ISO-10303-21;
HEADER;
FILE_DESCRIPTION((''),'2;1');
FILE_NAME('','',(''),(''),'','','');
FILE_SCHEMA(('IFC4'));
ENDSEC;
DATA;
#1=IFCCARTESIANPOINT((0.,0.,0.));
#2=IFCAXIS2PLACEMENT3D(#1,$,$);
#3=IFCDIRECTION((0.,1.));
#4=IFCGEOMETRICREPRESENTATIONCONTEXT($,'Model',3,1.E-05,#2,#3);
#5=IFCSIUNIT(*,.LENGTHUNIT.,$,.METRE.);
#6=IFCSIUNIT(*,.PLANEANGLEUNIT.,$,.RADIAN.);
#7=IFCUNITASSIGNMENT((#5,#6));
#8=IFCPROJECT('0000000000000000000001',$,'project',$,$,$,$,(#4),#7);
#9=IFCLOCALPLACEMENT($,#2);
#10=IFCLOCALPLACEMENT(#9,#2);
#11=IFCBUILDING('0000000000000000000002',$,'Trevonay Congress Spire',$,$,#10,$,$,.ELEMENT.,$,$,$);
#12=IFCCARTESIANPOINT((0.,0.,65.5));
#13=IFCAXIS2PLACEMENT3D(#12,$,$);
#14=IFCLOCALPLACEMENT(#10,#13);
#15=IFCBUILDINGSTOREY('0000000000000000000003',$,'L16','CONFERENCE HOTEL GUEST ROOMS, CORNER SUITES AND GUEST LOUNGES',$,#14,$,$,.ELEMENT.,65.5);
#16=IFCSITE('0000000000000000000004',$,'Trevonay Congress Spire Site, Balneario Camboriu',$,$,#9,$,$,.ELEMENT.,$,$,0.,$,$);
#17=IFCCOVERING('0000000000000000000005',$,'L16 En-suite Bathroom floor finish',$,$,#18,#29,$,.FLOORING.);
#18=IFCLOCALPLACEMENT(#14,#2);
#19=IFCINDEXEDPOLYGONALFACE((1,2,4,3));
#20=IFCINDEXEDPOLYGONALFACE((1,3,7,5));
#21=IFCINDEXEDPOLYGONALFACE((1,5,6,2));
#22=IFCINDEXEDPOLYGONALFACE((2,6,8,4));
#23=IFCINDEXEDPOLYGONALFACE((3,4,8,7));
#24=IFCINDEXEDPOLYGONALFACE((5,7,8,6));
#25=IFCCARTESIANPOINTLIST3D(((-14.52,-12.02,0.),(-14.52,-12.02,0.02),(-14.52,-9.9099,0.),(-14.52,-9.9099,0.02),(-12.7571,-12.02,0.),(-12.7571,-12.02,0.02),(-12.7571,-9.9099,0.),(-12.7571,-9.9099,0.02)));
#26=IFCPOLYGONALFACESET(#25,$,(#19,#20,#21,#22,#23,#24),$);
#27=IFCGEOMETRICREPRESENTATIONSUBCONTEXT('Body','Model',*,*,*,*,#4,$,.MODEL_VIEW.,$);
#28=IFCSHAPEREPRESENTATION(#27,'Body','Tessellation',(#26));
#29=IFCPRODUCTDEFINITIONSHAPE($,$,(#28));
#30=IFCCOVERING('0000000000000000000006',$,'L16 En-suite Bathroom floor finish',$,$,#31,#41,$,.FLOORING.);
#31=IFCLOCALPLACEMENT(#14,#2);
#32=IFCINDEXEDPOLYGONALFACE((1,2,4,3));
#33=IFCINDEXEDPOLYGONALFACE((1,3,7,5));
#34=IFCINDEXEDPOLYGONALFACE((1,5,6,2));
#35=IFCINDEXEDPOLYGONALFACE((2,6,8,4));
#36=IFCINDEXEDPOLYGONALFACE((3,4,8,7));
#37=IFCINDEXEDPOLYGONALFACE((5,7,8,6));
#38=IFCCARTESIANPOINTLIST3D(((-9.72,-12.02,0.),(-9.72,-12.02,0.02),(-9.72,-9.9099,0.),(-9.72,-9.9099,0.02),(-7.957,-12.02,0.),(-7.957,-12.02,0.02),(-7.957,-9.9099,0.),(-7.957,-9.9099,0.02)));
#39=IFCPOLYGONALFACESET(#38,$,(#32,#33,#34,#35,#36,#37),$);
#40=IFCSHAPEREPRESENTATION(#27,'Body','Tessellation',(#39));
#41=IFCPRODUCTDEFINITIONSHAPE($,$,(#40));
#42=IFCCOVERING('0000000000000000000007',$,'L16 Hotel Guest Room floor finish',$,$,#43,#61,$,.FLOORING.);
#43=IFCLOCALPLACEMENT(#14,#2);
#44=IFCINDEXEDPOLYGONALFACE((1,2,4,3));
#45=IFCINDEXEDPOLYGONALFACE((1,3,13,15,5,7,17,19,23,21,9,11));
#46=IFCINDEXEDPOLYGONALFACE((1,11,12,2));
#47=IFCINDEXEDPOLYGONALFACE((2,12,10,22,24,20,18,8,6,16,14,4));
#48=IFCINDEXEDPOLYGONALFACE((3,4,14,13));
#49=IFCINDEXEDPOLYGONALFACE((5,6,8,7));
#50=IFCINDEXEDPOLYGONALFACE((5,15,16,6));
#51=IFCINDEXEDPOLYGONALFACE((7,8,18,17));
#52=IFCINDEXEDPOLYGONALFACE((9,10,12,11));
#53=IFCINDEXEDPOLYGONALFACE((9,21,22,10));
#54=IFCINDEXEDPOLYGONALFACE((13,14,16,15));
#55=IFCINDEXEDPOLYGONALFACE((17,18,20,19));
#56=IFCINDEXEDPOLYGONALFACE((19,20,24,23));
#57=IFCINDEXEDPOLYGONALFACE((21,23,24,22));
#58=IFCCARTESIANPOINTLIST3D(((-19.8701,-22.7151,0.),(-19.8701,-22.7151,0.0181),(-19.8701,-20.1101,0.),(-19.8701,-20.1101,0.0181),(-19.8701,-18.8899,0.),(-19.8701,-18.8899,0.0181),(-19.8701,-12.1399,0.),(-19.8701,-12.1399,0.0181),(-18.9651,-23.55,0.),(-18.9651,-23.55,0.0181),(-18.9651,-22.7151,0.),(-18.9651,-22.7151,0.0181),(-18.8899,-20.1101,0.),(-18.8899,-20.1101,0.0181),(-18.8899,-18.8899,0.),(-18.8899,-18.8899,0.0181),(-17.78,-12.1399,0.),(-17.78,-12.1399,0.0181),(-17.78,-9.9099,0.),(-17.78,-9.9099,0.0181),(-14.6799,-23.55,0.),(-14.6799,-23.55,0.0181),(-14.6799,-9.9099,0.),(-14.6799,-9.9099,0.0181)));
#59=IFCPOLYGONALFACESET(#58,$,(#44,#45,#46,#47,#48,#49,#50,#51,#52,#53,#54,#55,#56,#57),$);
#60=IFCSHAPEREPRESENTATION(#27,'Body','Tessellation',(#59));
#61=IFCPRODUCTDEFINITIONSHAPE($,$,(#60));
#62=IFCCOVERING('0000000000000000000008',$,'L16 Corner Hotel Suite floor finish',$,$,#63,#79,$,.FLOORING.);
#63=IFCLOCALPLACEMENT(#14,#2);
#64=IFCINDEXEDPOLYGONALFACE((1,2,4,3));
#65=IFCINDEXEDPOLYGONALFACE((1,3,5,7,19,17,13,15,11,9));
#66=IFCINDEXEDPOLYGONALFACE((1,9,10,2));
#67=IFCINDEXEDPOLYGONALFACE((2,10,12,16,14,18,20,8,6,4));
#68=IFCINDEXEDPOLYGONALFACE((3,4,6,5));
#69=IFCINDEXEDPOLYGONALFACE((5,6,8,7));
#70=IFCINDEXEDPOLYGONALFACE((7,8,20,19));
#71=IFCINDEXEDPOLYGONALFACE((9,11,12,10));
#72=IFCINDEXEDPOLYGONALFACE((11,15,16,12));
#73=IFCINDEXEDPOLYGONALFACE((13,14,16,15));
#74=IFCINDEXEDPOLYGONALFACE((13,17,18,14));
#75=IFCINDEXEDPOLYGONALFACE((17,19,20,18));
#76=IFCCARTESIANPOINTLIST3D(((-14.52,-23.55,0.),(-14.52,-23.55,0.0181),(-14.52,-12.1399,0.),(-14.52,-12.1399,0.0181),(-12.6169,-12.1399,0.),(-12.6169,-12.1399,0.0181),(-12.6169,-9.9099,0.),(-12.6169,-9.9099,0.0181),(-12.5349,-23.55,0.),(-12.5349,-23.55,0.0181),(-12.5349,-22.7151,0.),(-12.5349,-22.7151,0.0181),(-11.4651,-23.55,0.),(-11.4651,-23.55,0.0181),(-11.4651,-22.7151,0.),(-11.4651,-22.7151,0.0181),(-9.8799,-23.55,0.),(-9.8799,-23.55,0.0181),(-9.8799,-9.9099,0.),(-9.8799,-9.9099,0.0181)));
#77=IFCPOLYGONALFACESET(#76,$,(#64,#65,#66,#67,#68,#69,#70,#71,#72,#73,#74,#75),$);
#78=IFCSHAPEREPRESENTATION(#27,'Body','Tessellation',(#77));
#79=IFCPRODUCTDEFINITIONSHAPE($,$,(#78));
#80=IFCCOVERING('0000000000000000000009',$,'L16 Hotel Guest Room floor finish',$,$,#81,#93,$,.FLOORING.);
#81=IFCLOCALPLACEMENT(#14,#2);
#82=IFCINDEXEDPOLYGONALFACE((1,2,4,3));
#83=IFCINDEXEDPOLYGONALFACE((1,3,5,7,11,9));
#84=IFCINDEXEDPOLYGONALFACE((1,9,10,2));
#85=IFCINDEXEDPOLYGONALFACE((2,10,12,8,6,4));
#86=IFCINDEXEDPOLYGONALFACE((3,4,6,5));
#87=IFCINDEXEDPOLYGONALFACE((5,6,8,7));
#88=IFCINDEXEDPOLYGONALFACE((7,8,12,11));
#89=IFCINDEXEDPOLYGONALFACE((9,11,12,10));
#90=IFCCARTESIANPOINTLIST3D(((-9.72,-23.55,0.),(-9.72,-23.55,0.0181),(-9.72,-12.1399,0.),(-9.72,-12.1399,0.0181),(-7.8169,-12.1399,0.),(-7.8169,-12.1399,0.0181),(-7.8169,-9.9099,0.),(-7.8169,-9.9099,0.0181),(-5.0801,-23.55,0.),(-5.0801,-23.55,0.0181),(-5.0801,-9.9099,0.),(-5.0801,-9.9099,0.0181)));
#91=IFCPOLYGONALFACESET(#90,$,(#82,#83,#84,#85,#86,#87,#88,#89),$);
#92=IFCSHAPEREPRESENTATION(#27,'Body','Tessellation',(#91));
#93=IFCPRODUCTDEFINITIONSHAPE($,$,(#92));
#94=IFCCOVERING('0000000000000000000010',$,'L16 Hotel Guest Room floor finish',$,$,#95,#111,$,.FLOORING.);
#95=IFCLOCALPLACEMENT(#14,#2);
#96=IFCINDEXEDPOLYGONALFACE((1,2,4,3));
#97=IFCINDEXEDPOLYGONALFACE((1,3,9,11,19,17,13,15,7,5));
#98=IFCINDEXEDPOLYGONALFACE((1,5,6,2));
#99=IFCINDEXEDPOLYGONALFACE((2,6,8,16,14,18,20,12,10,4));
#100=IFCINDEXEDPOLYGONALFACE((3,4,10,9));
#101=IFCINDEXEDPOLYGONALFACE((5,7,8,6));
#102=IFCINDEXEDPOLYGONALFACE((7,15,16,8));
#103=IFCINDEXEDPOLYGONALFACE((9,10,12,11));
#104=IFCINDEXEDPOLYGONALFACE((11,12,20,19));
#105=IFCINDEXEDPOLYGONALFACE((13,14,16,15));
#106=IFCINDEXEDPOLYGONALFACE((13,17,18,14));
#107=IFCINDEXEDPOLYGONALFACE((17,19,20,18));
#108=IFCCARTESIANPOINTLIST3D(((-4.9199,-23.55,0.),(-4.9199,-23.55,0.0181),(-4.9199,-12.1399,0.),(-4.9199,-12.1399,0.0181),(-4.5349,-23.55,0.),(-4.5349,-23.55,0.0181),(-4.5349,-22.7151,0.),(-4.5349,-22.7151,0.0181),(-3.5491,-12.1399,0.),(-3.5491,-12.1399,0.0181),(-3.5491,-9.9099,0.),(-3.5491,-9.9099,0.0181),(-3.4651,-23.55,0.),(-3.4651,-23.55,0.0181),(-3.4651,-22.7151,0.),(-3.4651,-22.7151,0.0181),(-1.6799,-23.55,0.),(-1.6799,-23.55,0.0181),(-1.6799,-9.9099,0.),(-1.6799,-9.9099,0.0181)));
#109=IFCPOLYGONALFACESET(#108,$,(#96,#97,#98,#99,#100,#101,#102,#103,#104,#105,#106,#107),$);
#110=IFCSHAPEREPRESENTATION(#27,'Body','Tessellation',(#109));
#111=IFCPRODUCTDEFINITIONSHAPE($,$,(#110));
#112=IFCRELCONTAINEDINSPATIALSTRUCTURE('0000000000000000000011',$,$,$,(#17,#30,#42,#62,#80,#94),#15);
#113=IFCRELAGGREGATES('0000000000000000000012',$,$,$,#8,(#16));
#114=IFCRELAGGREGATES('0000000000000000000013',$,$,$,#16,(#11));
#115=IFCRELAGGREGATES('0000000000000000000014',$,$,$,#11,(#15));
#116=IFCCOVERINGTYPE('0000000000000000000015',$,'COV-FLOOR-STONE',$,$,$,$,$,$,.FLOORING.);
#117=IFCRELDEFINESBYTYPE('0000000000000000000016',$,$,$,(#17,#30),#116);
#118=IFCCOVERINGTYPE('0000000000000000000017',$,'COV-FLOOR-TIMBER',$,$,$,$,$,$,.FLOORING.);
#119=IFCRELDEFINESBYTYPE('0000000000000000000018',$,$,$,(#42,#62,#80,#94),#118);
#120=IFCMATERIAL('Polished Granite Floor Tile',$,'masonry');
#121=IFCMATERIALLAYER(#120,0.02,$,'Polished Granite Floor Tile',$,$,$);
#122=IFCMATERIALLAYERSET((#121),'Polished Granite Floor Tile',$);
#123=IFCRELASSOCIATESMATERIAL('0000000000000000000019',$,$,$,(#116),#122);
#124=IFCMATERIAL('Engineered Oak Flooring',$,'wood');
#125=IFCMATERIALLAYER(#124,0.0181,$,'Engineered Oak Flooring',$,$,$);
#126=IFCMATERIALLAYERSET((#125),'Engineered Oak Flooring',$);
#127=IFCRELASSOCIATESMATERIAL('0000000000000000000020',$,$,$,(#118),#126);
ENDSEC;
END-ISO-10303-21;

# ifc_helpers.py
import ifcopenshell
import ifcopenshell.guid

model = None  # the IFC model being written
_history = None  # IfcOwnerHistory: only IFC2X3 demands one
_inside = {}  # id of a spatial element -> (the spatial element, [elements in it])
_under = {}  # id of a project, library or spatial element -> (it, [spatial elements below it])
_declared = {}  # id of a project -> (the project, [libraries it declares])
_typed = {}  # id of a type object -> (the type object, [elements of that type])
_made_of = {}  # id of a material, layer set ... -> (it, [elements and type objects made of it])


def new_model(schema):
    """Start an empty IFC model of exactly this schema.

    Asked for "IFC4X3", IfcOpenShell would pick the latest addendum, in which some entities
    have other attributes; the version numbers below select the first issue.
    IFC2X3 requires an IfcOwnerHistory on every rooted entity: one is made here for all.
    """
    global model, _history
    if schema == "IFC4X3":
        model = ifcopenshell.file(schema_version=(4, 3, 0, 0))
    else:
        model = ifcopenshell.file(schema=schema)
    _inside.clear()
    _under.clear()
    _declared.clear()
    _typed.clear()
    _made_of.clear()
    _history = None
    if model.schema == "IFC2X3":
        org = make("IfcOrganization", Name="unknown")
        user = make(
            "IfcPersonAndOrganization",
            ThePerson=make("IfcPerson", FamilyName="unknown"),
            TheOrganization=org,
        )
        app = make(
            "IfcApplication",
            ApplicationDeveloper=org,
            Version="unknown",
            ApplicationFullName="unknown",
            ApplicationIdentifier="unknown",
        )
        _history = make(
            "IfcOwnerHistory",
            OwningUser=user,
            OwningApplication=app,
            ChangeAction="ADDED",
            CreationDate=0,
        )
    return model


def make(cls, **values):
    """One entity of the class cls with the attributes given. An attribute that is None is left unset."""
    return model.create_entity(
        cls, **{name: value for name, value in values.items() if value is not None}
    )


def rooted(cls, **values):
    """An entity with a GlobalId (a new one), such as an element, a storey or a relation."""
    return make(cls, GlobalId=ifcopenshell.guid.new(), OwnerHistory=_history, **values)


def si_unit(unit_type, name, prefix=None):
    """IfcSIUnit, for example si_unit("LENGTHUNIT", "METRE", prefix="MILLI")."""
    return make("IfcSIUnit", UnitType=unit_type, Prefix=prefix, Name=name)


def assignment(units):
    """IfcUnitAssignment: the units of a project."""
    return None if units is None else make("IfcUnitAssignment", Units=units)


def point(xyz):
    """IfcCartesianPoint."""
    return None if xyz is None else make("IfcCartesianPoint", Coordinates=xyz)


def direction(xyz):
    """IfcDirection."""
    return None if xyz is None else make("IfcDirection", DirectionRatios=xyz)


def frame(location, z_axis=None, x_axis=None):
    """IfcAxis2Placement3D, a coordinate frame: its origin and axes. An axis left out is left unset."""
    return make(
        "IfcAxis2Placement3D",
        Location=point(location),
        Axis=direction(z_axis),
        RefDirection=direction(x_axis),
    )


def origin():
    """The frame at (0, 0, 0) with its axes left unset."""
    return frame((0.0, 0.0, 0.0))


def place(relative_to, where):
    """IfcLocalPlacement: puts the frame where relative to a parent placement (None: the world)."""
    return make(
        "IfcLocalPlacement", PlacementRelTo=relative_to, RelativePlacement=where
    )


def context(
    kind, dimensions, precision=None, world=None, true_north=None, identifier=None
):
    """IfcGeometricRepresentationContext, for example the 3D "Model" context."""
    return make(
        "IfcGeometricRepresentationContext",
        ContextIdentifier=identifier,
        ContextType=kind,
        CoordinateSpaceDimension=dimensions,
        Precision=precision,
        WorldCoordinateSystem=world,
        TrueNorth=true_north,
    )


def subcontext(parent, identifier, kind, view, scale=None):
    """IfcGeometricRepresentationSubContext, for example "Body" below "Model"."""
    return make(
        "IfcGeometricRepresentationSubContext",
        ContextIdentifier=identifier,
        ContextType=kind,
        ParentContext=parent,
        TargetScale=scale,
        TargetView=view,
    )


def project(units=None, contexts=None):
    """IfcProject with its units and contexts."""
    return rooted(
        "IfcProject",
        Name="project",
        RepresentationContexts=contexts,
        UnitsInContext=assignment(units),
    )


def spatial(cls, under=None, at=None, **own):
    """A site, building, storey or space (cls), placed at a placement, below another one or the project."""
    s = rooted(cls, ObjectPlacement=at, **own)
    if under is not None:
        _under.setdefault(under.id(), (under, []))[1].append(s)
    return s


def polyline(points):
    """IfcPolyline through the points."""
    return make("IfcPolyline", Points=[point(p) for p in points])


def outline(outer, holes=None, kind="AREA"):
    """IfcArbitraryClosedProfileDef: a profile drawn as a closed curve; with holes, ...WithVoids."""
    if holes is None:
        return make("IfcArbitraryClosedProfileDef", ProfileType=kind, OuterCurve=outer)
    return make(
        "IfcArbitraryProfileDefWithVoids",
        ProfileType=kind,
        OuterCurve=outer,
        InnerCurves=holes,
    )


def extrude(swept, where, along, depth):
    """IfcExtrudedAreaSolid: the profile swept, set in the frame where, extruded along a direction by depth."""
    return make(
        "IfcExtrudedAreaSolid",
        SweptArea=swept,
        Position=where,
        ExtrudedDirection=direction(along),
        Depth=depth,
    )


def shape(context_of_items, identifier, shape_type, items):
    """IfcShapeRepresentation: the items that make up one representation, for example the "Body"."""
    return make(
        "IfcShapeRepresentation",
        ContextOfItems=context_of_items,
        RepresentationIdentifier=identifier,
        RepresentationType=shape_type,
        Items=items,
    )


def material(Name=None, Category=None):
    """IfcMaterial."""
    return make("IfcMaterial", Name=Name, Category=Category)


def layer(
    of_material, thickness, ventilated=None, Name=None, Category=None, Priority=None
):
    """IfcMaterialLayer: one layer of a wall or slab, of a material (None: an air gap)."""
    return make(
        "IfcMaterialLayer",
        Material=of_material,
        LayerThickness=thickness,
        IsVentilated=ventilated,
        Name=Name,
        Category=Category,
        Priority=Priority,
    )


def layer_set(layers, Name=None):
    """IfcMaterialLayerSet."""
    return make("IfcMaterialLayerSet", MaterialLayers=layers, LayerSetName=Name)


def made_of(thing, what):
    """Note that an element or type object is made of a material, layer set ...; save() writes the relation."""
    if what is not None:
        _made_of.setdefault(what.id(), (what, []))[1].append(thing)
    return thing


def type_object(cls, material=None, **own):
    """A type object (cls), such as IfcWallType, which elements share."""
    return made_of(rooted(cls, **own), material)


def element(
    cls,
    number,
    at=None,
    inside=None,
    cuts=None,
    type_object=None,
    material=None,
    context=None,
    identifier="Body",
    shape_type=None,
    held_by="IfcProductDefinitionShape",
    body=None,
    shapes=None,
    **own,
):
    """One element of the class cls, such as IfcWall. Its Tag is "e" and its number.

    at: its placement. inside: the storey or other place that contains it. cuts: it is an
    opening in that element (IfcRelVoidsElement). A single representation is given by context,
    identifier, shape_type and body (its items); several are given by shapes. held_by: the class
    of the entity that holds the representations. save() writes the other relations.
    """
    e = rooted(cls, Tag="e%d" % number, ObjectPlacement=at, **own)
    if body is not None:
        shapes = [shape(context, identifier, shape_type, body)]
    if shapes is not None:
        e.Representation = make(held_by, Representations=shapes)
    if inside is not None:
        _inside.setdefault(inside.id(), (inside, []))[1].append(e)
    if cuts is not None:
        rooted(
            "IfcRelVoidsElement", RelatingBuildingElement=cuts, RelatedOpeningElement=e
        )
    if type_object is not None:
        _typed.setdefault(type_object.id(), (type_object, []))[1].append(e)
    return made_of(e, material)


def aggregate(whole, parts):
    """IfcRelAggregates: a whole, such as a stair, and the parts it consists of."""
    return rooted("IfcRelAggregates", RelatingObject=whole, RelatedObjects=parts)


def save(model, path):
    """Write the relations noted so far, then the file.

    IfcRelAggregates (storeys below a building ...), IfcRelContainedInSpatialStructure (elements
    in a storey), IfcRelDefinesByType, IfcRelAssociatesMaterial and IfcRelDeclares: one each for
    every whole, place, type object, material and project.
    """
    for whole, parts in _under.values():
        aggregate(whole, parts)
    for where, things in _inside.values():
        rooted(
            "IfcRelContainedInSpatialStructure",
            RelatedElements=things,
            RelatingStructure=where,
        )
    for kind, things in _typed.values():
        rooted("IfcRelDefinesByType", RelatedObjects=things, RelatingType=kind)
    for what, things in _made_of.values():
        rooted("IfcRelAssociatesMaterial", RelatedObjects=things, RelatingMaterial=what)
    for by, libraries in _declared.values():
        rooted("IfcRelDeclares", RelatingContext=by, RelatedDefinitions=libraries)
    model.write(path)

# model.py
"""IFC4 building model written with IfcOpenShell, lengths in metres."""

from ifc_helpers import new_model, si_unit, direction, frame, origin, place, context, subcontext, project, spatial, polyline, outline, extrude, material, layer, layer_set, type_object, element, save


model = new_model("IFC4")

# Units and contexts
model_context = context("Model", 3, precision=1e-05, world=origin(), true_north=direction((0.0, 1.0)))
body_context = subcontext(model_context, "Body", "Model", "MODEL_VIEW")
ifc_project = project(units=[si_unit("LENGTHUNIT", "METRE"), si_unit("PLANEANGLEUNIT", "RADIAN")], contexts=[model_context])

# Site, building, storey
site_placement = place(None, origin())
site = spatial("IfcSite", under=ifc_project, at=site_placement, Name="Trevonay Congress Spire Site, Balneario Camboriu", CompositionType="ELEMENT", RefElevation=0.0)
building_placement = place(site_placement, origin())
building = spatial("IfcBuilding", under=site, at=building_placement, Name="Trevonay Congress Spire", CompositionType="ELEMENT")
storey_placement = place(building_placement, frame((0.0, 0.0, 65.5)))
storey = spatial("IfcBuildingStorey", under=building, at=storey_placement, Name="L16", Description="CONFERENCE HOTEL GUEST ROOMS, CORNER SUITES AND GUEST LOUNGES", CompositionType="ELEMENT", Elevation=65.5)

# Coverings
ifc_material_1 = material(Name="Polished Granite Floor Tile", Category="masonry")
ifc_layer_1 = layer(ifc_material_1, 0.02, Name="Polished Granite Floor Tile")
ifc_layer_set_1 = layer_set([ifc_layer_1], Name="Polished Granite Floor Tile")
covering_type_1 = type_object("IfcCoveringType", Name="COV-FLOOR-STONE", PredefinedType="FLOORING", material=ifc_layer_set_1)
covering_1_placement = place(storey_placement, origin())
element("IfcCovering", 1, at=covering_1_placement, inside=storey, type_object=covering_type_1, Name="L16 En-suite Bathroom floor finish", PredefinedType="FLOORING", context=body_context, shape_type="SweptSolid", body=[
    extrude(outline(polyline([(-14.52, -12.02), (-12.7571, -12.02), (-12.7571, -9.9099), (-14.52, -9.9099), (-14.52, -12.02)])), origin(), (0.0, 0.0, 1.0), 0.02),
])
covering_2_placement = place(storey_placement, origin())
element("IfcCovering", 2, at=covering_2_placement, inside=storey, type_object=covering_type_1, Name="L16 En-suite Bathroom floor finish", PredefinedType="FLOORING", context=body_context, shape_type="SweptSolid", body=[
    extrude(outline(polyline([(-9.72, -12.02), (-7.957, -12.02), (-7.957, -9.9099), (-9.72, -9.9099), (-9.72, -12.02)])), origin(), (0.0, 0.0, 1.0), 0.02),
])
ifc_material_2 = material(Name="Engineered Oak Flooring", Category="wood")
ifc_layer_2 = layer(ifc_material_2, 0.0181, Name="Engineered Oak Flooring")
ifc_layer_set_2 = layer_set([ifc_layer_2], Name="Engineered Oak Flooring")
covering_type_2 = type_object("IfcCoveringType", Name="COV-FLOOR-TIMBER", PredefinedType="FLOORING", material=ifc_layer_set_2)
covering_3_placement = place(storey_placement, origin())
element("IfcCovering", 3, at=covering_3_placement, inside=storey, type_object=covering_type_2, Name="L16 Hotel Guest Room floor finish", PredefinedType="FLOORING", context=body_context, shape_type="SweptSolid", body=[
    extrude(outline(polyline([(-19.8701, -12.1399), (-17.78, -12.1399), (-17.78, -9.9099), (-14.6799, -9.9099), (-14.6799, -23.55), (-18.9651, -23.55), (-18.9651, -22.7151), (-19.8701, -22.7151), (-19.8701, -20.1101), (-18.8899, -20.1101), (-18.8899, -18.8899), (-19.8701, -18.8899), (-19.8701, -12.1399)])), origin(), (0.0, 0.0, 1.0), 0.0181),
])
covering_4_placement = place(storey_placement, origin())
element("IfcCovering", 4, at=covering_4_placement, inside=storey, type_object=covering_type_2, Name="L16 Corner Hotel Suite floor finish", PredefinedType="FLOORING", context=body_context, shape_type="SweptSolid", body=[
    extrude(outline(polyline([(-14.52, -23.55), (-14.52, -12.1399), (-12.6169, -12.1399), (-12.6169, -9.9099), (-9.8799, -9.9099), (-9.8799, -23.55), (-11.4651, -23.55), (-11.4651, -22.7151), (-12.5349, -22.7151), (-12.5349, -23.55), (-14.52, -23.55)])), origin(), (0.0, 0.0, 1.0), 0.0181),
])
covering_5_placement = place(storey_placement, origin())
element("IfcCovering", 5, at=covering_5_placement, inside=storey, type_object=covering_type_2, Name="L16 Hotel Guest Room floor finish", PredefinedType="FLOORING", context=body_context, shape_type="SweptSolid", body=[
    extrude(outline(polyline([(-9.72, -23.55), (-5.0801, -23.55), (-5.0801, -9.9099), (-7.8169, -9.9099), (-7.8169, -12.1399), (-9.72, -12.1399), (-9.72, -23.55)])), origin(), (0.0, 0.0, 1.0), 0.0181),
])
covering_6_placement = place(storey_placement, origin())
element("IfcCovering", 6, at=covering_6_placement, inside=storey, type_object=covering_type_2, Name="L16 Hotel Guest Room floor finish", PredefinedType="FLOORING", context=body_context, shape_type="SweptSolid", body=[
    extrude(outline(polyline([(-4.9199, -23.55), (-4.9199, -12.1399), (-3.5491, -12.1399), (-3.5491, -9.9099), (-1.6799, -9.9099), (-1.6799, -23.55), (-3.4651, -23.55), (-3.4651, -22.7151), (-4.5349, -22.7151), (-4.5349, -23.55), (-4.9199, -23.55)])), origin(), (0.0, 0.0, 1.0), 0.0181),
])

save(model, "model.ifc")
